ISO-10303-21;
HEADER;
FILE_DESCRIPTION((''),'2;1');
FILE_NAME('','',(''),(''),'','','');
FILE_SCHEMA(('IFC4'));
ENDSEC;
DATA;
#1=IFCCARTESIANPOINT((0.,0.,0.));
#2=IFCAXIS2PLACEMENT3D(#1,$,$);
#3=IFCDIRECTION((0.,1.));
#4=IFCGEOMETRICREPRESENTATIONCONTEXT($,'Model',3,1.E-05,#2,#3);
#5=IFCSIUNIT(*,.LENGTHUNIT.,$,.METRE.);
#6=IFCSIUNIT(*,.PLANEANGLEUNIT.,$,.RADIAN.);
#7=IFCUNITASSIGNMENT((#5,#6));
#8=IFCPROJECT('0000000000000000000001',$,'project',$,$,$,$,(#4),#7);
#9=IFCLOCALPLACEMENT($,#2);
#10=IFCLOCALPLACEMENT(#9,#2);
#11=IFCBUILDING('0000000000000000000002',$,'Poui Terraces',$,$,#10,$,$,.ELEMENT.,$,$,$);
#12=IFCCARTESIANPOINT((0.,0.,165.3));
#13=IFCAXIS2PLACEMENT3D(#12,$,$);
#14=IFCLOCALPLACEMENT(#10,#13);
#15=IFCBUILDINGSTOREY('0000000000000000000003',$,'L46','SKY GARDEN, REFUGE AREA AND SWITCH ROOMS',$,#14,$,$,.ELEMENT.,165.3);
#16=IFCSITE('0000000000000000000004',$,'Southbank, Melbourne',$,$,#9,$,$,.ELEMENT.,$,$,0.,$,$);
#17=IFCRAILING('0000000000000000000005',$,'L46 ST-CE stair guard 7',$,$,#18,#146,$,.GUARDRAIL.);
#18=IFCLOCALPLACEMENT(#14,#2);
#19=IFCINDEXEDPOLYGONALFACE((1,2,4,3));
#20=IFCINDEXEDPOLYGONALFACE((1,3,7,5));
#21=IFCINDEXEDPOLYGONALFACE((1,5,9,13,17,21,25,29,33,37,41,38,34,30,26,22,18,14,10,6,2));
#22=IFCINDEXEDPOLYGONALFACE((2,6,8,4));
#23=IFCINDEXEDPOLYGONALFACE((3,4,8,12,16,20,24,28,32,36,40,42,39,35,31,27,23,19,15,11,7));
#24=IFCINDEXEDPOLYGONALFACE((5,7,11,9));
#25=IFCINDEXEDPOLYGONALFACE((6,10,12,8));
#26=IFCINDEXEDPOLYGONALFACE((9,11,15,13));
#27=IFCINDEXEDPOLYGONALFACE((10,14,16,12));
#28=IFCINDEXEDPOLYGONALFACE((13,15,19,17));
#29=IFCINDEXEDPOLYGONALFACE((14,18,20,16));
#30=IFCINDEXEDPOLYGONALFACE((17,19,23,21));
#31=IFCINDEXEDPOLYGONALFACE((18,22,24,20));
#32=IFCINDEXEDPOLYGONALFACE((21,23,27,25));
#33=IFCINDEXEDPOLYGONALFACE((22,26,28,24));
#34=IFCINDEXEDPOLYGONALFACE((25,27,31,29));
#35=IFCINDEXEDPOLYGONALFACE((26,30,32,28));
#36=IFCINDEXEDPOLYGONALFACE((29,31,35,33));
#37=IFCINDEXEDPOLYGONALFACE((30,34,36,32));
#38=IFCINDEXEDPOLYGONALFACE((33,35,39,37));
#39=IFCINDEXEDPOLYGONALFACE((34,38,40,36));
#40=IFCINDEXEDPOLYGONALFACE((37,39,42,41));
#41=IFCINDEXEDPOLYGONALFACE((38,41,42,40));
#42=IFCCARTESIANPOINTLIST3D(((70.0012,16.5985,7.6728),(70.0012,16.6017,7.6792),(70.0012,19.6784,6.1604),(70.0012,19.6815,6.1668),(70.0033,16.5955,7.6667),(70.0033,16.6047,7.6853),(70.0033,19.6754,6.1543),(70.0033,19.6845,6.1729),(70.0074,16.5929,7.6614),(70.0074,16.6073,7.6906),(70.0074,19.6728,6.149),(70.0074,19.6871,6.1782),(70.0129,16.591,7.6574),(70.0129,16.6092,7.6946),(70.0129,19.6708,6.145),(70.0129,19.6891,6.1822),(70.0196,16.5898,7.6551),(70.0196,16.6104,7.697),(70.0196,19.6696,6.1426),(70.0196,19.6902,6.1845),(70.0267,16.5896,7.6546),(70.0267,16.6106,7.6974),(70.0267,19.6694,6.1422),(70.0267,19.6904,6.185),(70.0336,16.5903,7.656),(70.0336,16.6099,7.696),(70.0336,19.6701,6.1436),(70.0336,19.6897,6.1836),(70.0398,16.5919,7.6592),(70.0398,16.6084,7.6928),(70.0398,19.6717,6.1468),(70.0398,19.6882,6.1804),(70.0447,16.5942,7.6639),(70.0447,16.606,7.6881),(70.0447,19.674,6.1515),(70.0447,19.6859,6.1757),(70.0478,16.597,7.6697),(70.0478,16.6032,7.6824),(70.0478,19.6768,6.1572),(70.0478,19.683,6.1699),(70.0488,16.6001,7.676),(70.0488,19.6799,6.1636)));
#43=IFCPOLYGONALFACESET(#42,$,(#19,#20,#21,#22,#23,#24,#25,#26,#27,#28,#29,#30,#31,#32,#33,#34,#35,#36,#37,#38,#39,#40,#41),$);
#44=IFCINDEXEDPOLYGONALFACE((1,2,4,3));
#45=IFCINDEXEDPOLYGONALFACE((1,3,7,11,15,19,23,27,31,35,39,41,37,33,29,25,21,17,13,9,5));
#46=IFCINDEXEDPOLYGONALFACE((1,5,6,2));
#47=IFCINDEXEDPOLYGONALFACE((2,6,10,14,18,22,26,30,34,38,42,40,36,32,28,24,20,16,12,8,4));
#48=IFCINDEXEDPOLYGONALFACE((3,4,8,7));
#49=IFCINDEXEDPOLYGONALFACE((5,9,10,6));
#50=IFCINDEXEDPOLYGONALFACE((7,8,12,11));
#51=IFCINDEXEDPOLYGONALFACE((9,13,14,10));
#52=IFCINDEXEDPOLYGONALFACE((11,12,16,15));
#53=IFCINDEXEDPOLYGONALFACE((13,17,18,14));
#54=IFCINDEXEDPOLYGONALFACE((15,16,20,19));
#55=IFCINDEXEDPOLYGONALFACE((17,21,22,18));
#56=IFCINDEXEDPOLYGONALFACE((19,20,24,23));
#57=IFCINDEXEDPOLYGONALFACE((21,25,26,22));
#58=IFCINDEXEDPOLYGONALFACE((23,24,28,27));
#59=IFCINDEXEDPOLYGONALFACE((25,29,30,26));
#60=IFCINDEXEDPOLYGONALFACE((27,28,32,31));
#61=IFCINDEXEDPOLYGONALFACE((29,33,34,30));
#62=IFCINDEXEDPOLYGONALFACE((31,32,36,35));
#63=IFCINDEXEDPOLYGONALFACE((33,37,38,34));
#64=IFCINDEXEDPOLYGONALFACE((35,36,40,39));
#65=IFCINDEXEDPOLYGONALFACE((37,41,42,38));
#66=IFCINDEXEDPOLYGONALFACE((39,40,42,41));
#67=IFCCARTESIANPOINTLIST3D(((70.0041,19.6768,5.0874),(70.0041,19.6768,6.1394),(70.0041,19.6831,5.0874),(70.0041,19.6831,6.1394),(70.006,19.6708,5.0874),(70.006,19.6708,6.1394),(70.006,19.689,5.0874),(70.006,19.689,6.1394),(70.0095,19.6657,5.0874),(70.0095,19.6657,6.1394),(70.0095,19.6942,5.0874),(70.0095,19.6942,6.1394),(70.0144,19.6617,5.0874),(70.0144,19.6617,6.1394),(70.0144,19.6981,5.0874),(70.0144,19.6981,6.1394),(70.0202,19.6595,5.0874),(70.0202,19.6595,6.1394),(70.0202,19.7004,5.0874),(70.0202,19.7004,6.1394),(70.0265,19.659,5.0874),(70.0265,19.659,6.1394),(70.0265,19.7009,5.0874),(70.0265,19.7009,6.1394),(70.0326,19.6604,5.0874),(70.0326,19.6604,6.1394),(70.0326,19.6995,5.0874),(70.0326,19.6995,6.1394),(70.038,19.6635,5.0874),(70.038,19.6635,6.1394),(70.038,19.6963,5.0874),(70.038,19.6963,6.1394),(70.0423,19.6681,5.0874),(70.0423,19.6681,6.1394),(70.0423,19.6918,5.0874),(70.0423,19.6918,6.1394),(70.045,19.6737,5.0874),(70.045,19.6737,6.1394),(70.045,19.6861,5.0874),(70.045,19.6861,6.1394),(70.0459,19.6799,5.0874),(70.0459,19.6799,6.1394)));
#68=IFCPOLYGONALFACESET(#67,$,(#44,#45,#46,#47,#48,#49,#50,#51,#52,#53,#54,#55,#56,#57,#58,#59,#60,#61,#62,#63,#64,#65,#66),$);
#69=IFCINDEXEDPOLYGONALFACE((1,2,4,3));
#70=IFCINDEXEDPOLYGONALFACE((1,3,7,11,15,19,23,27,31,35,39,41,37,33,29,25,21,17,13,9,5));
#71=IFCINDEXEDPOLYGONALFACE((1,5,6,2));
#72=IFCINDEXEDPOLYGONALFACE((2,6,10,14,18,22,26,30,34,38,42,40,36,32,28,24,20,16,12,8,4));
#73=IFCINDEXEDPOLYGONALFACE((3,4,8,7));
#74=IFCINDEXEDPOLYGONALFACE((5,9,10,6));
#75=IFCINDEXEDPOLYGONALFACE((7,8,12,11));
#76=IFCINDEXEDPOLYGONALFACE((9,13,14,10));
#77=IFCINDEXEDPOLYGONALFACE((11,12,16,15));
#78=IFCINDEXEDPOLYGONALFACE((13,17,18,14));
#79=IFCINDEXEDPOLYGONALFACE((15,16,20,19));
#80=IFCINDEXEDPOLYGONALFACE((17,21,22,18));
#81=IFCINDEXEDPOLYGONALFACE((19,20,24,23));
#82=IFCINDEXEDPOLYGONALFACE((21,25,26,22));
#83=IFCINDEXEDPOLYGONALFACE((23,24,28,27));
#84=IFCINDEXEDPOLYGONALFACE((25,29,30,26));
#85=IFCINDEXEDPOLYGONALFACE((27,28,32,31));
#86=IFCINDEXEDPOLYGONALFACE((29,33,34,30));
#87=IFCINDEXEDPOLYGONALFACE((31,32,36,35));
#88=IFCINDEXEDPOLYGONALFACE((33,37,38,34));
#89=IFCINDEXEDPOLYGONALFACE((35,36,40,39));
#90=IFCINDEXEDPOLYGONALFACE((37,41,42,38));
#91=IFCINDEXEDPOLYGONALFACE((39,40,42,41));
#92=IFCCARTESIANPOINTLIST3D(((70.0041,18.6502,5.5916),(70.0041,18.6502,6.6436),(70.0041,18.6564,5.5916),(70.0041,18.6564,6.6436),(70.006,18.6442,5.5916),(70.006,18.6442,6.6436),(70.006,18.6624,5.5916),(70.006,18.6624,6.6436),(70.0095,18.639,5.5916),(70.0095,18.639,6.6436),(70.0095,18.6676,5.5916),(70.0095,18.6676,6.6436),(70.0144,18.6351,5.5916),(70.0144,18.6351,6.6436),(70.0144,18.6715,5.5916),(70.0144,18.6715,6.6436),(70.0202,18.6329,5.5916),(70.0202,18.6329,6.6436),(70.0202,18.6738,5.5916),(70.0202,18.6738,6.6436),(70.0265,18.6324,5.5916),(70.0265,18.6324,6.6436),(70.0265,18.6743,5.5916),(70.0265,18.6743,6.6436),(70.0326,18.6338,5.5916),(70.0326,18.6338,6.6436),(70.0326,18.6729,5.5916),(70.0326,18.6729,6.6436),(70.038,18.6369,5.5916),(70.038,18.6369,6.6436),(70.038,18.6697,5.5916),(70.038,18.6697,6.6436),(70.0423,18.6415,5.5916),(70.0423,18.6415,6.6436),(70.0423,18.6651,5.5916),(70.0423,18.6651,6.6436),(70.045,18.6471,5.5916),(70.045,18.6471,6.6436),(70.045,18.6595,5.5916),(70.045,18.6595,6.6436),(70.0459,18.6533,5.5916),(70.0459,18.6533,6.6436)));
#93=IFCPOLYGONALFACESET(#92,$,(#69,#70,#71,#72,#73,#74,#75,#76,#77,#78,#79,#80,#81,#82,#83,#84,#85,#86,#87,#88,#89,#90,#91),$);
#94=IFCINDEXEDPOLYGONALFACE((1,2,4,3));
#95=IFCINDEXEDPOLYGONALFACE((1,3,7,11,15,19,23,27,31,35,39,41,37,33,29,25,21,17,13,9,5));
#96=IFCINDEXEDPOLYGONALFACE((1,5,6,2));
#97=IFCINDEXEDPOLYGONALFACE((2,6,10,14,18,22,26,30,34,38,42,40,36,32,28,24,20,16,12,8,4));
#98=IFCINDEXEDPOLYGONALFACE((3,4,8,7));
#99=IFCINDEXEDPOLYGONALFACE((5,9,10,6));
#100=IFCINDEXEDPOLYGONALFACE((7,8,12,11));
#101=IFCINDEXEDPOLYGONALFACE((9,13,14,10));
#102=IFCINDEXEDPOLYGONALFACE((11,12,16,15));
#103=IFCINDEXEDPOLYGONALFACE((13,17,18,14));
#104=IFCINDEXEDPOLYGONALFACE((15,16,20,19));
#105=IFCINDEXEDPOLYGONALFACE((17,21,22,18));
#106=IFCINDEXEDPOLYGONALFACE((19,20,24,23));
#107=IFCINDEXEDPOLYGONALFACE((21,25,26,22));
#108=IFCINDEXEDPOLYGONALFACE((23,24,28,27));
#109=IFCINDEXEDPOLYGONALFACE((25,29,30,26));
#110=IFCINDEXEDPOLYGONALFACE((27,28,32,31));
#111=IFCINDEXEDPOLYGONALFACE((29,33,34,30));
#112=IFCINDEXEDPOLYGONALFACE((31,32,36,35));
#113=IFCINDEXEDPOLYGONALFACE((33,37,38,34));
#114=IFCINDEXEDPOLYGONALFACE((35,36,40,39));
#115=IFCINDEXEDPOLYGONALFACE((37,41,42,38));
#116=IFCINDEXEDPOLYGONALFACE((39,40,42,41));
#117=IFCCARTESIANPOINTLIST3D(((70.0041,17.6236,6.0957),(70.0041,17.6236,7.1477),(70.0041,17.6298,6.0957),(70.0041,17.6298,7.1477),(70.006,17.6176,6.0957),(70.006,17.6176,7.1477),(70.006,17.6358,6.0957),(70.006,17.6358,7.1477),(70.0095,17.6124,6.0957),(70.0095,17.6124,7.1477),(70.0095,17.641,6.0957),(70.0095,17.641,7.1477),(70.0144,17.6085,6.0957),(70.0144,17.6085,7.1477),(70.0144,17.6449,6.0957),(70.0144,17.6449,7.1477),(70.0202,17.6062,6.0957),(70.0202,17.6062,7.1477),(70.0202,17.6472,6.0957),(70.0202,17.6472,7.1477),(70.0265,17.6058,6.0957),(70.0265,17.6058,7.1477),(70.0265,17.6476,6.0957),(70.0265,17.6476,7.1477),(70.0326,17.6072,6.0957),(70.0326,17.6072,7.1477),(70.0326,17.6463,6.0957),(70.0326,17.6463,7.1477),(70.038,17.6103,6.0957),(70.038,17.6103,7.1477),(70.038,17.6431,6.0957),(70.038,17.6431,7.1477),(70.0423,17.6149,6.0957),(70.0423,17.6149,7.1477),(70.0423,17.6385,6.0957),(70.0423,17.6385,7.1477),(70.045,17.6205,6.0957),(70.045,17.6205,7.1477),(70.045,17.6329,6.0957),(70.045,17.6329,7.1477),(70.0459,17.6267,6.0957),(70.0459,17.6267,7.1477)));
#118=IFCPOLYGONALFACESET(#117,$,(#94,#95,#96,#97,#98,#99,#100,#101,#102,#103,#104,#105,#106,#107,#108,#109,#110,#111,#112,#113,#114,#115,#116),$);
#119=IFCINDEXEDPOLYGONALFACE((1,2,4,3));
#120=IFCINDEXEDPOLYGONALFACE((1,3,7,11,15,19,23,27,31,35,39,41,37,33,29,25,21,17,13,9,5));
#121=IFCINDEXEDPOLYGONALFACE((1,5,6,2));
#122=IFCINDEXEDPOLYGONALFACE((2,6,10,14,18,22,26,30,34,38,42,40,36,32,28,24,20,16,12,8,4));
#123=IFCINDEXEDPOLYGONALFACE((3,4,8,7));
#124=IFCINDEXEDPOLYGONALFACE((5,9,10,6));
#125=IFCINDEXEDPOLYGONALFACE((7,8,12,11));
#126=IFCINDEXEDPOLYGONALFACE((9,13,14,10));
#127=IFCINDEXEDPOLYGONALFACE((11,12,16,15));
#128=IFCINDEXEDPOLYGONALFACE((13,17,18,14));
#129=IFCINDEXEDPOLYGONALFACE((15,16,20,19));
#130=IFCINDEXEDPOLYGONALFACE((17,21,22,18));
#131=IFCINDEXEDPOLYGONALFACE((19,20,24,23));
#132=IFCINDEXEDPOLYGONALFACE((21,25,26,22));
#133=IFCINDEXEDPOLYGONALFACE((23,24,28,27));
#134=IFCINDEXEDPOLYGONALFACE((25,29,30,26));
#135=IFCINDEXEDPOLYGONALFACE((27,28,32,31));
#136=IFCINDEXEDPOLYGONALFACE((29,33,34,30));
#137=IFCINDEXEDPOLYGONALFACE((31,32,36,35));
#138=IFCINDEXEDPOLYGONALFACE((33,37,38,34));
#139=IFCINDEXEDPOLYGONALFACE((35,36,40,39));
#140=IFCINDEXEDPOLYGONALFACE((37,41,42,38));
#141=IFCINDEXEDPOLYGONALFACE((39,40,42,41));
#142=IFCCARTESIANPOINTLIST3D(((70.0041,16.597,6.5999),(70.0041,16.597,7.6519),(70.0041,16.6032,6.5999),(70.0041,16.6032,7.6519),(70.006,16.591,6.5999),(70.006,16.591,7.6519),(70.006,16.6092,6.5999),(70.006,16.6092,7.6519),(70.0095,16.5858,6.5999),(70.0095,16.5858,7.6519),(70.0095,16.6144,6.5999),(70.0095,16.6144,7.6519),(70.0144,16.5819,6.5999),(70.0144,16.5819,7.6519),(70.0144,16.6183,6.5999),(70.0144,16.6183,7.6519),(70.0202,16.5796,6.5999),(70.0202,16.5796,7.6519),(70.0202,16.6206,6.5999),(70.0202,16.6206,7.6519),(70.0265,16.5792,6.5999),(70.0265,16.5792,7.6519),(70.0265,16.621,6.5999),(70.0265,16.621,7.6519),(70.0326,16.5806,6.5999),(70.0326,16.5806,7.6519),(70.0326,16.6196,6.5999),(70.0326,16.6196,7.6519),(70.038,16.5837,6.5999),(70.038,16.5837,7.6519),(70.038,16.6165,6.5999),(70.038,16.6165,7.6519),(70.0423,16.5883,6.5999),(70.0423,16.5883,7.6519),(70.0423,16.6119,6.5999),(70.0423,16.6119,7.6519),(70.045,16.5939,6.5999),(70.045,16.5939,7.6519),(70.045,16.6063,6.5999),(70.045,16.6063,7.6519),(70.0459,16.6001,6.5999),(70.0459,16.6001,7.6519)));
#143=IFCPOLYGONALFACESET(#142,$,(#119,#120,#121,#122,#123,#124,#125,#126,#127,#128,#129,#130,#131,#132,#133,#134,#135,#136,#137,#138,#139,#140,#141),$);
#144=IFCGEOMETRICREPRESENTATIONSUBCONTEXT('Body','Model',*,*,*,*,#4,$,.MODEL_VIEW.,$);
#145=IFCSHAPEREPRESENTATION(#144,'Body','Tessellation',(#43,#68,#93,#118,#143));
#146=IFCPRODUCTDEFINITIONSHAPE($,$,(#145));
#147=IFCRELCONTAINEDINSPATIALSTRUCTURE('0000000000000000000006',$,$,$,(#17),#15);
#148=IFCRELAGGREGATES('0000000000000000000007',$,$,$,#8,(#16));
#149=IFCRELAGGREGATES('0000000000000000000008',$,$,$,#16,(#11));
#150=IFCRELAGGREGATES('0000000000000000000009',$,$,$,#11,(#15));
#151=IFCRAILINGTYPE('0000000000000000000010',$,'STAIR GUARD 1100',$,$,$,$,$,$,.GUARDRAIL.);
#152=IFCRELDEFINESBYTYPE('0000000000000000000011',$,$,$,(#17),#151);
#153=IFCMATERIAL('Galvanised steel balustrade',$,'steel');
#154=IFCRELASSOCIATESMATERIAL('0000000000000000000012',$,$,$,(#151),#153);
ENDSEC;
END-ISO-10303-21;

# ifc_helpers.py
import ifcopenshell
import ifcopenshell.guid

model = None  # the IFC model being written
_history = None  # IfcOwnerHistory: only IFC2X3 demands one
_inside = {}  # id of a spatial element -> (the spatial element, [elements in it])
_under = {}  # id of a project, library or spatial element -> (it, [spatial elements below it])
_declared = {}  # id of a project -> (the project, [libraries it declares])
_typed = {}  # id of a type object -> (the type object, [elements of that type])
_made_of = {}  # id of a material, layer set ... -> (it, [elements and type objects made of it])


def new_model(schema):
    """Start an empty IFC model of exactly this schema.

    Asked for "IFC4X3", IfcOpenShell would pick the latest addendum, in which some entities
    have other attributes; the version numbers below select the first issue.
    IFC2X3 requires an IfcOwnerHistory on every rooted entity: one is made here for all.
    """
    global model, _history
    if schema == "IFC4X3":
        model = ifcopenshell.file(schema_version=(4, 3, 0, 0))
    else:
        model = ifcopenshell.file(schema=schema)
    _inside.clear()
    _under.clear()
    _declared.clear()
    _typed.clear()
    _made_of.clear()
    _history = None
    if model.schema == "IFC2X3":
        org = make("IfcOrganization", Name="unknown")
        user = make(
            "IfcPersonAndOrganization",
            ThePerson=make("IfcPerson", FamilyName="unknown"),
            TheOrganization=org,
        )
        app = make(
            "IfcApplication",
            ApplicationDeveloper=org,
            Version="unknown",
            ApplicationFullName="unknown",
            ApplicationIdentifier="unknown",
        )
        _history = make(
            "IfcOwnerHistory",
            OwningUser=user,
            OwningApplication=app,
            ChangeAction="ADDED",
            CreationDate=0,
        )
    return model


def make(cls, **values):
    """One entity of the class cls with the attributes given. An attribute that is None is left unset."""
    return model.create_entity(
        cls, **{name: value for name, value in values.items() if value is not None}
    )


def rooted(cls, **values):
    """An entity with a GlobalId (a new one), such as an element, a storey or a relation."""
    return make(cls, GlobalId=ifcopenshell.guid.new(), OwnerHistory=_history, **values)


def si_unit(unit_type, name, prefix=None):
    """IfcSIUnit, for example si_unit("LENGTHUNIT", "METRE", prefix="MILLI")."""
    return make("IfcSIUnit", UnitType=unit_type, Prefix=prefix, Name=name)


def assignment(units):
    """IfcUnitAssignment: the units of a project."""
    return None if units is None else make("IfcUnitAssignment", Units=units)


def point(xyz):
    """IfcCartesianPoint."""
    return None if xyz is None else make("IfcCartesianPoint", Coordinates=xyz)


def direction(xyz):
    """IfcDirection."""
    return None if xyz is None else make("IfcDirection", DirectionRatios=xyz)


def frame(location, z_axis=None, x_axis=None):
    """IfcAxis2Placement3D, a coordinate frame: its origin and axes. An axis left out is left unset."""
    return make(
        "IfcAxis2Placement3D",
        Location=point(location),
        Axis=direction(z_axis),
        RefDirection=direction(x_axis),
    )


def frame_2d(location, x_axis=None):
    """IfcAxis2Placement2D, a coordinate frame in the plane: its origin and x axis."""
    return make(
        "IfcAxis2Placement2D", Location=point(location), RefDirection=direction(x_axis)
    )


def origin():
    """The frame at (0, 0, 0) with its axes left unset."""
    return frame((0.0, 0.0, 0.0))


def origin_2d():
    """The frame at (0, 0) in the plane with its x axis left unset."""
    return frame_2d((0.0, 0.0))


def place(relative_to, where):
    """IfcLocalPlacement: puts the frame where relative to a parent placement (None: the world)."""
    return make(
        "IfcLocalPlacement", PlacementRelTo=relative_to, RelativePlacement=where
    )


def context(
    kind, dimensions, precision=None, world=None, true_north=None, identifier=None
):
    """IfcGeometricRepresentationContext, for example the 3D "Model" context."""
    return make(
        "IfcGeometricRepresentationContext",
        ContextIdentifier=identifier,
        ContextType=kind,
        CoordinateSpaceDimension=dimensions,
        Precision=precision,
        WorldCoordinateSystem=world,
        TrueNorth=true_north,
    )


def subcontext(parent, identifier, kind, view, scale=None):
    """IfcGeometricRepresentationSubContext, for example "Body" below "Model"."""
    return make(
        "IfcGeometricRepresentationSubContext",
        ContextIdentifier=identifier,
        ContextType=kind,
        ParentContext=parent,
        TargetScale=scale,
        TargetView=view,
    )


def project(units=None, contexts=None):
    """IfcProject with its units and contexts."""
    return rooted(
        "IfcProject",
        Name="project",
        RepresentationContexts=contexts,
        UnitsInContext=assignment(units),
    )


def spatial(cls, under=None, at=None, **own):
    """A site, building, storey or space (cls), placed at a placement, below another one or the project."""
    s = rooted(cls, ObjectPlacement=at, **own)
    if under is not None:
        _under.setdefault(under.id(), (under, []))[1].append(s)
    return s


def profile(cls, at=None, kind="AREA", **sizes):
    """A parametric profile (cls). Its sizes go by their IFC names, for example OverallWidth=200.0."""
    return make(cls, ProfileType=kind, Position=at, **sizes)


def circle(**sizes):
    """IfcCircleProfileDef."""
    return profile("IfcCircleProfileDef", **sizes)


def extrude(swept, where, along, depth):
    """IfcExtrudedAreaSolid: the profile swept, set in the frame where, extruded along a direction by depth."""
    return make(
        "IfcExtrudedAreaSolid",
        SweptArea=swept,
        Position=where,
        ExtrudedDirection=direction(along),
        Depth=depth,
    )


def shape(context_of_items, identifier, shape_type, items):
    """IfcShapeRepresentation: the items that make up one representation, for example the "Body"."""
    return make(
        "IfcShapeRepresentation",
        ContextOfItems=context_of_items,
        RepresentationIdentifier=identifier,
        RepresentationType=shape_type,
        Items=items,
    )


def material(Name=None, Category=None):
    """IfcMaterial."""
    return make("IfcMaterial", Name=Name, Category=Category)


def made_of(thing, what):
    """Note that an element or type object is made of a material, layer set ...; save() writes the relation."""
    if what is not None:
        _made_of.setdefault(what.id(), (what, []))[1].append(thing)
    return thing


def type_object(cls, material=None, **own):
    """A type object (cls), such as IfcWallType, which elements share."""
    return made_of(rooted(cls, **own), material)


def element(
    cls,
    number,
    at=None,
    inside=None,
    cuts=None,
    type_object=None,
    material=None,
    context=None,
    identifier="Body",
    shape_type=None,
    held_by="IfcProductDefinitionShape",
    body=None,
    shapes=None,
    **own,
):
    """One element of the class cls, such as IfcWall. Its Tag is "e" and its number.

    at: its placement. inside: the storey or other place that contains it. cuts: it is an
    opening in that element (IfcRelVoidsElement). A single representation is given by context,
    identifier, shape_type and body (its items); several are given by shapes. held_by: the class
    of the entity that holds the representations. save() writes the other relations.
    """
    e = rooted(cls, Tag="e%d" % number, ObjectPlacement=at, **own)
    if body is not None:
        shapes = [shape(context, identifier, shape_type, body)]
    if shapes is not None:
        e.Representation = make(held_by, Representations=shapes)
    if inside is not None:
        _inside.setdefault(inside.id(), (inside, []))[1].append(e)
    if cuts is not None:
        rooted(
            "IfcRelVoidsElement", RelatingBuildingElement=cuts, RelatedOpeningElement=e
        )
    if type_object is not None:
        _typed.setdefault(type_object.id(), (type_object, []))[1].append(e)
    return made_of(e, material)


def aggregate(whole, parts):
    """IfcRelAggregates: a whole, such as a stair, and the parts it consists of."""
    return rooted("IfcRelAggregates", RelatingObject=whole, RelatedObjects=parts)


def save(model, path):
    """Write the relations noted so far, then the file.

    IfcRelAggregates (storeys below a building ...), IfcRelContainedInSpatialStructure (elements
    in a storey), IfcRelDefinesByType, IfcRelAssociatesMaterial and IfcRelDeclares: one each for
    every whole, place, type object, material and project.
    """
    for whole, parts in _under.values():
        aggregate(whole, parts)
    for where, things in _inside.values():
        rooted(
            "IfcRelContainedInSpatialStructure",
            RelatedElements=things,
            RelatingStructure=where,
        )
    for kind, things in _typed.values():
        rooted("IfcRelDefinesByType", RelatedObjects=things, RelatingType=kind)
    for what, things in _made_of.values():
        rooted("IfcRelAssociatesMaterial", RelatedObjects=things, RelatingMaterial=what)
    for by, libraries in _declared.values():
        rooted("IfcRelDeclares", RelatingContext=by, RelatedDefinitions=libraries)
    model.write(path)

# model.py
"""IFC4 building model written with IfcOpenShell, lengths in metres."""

from ifc_helpers import new_model, si_unit, direction, frame, origin, origin_2d, place, context, subcontext, project, spatial, circle, extrude, material, type_object, element, save


model = new_model("IFC4")

# Units and contexts
model_context = context("Model", 3, precision=1e-05, world=origin(), true_north=direction((0.0, 1.0)))
body_context = subcontext(model_context, "Body", "Model", "MODEL_VIEW")
ifc_project = project(units=[si_unit("LENGTHUNIT", "METRE"), si_unit("PLANEANGLEUNIT", "RADIAN")], contexts=[model_context])

# Site, building, storey
site_placement = place(None, origin())
site = spatial("IfcSite", under=ifc_project, at=site_placement, Name="Southbank, Melbourne", CompositionType="ELEMENT", RefElevation=0.0)
building_placement = place(site_placement, origin())
building = spatial("IfcBuilding", under=site, at=building_placement, Name="Poui Terraces", CompositionType="ELEMENT")
storey_placement = place(building_placement, frame((0.0, 0.0, 165.3)))
storey = spatial("IfcBuildingStorey", under=building, at=storey_placement, Name="L46", Description="SKY GARDEN, REFUGE AREA AND SWITCH ROOMS", CompositionType="ELEMENT", Elevation=165.3)

# Railing
ifc_material_1 = material(Name="Galvanised steel balustrade", Category="steel")
railing_type_1 = type_object("IfcRailingType", Name="STAIR GUARD 1100", PredefinedType="GUARDRAIL", material=ifc_material_1)
railing_1_placement = place(storey_placement, frame((70.0249, 19.6799, 5.0874)))
element("IfcRailing", 1, at=railing_1_placement, inside=storey, type_object=railing_type_1, Name="L46 ST-CE stair guard 7", PredefinedType="GUARDRAIL", context=body_context, shape_type="SweptSolid", body=[
    extrude(circle(Radius=0.0239, at=origin_2d()), frame((0.0, 0.0, 1.0762), z_axis=(0.0, -0.897606, 0.440798), x_axis=(1.0, 0.0, 0.0)), (0.0, 0.0, 1.0), 3.4312),
    extrude(circle(Radius=0.021, at=origin_2d()), origin(), (0.0, 0.0, 1.0), 1.052),
    extrude(circle(Radius=0.021, at=origin_2d()), frame((0.0, -1.0266, 0.5042)), (0.0, 0.0, 1.0), 1.052),
    extrude(circle(Radius=0.021, at=origin_2d()), frame((0.0, -2.0532, 1.0083)), (0.0, 0.0, 1.0), 1.052),
    extrude(circle(Radius=0.021, at=origin_2d()), frame((0.0, -3.0798, 1.5125)), (0.0, 0.0, 1.0), 1.052),
])

save(model, "model.ifc")
